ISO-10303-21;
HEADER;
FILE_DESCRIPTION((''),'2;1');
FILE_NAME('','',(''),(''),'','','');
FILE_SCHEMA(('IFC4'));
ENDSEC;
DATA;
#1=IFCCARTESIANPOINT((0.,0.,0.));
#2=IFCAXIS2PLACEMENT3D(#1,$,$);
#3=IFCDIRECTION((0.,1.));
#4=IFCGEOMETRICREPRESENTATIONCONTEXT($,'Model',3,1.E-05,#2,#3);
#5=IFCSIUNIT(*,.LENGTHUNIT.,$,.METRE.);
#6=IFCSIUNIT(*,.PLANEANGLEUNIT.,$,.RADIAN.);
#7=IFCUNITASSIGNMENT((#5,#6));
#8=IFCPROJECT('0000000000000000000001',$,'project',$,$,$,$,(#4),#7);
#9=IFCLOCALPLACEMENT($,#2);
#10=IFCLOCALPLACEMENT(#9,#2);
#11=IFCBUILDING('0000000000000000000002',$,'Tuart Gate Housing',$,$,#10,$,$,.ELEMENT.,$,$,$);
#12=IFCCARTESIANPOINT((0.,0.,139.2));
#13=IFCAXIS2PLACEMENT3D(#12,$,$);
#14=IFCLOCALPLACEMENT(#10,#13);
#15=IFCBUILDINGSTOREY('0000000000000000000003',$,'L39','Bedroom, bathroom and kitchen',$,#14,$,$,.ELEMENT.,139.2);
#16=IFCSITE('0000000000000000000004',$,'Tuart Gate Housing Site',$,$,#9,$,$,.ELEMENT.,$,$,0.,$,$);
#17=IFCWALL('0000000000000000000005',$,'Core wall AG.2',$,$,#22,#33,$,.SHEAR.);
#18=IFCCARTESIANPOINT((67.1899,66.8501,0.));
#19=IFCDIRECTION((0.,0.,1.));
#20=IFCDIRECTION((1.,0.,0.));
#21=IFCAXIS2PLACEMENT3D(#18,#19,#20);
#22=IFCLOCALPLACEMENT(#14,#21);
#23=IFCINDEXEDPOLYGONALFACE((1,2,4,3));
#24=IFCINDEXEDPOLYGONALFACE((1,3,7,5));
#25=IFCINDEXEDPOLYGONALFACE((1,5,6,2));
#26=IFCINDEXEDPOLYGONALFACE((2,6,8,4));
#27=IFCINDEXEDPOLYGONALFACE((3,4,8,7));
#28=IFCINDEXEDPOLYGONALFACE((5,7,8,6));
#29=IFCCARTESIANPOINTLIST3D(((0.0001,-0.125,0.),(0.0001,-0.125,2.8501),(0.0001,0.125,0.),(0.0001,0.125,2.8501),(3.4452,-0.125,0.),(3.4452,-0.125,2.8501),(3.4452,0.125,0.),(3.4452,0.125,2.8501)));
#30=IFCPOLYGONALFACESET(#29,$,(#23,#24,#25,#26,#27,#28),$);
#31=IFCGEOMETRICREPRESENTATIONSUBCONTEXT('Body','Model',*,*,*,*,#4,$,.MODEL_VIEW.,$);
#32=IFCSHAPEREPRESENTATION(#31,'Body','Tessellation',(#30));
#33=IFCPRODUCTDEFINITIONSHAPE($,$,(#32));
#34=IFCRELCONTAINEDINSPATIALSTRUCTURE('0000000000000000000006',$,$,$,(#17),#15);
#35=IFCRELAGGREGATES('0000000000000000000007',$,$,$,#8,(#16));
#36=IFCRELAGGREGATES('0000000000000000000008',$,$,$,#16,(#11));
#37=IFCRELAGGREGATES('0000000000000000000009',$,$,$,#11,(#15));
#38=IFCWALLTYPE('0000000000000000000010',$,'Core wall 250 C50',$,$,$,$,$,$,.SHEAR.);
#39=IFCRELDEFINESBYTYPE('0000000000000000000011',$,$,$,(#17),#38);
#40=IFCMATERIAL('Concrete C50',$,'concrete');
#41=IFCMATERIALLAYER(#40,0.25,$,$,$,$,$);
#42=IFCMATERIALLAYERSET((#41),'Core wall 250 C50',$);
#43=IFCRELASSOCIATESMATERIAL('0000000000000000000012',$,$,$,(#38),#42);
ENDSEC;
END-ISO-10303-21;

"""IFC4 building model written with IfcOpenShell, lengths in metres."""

from ifc_helpers import new_model, si_unit, direction, frame, frame_2d, origin, place, context, subcontext, project, spatial, rectangle, extrude, material, layer, layer_set, type_object, element, save


model = new_model("IFC4")

# Units and contexts
model_context = context("Model", 3, precision=1e-05, world=origin(), true_north=direction((0.0, 1.0)))
body_context = subcontext(model_context, "Body", "Model", "MODEL_VIEW")
ifc_project = project(units=[si_unit("LENGTHUNIT", "METRE"), si_unit("PLANEANGLEUNIT", "RADIAN")], contexts=[model_context])

# Site, building, storey
site_placement = place(None, origin())
site = spatial("IfcSite", under=ifc_project, at=site_placement, Name="Tuart Gate Housing Site", CompositionType="ELEMENT", RefElevation=0.0)
building_placement = place(site_placement, origin())
building = spatial("IfcBuilding", under=site, at=building_placement, Name="Tuart Gate Housing", CompositionType="ELEMENT")
storey_placement = place(building_placement, frame((0.0, 0.0, 139.2)))
storey = spatial("IfcBuildingStorey", under=building, at=storey_placement, Name="L39", Description="Bedroom, bathroom and kitchen", CompositionType="ELEMENT", Elevation=139.2)

# Wall
ifc_material_1 = material(Name="Concrete C50", Category="concrete")
ifc_layer_1 = layer(ifc_material_1, 0.25)
ifc_layer_set_1 = layer_set([ifc_layer_1], Name="Core wall 250 C50")
wall_type_1 = type_object("IfcWallType", Name="Core wall 250 C50", PredefinedType="SHEAR", material=ifc_layer_set_1)
wall_1_placement = place(storey_placement, frame((67.1899, 66.8501, 0.0), z_axis=(0.0, 0.0, 1.0), x_axis=(1.0, 0.0, 0.0)))
element("IfcWall", 1, at=wall_1_placement, inside=storey, type_object=wall_type_1, Name="Core wall AG.2", PredefinedType="SHEAR", context=body_context, shape_type="SweptSolid", body=[
    extrude(rectangle(XDim=3.4451, YDim=0.25, at=frame_2d((1.7227, 0.0))), origin(), (0.0, 0.0, 1.0), 2.8501),
])

save(model, "model.ifc")
